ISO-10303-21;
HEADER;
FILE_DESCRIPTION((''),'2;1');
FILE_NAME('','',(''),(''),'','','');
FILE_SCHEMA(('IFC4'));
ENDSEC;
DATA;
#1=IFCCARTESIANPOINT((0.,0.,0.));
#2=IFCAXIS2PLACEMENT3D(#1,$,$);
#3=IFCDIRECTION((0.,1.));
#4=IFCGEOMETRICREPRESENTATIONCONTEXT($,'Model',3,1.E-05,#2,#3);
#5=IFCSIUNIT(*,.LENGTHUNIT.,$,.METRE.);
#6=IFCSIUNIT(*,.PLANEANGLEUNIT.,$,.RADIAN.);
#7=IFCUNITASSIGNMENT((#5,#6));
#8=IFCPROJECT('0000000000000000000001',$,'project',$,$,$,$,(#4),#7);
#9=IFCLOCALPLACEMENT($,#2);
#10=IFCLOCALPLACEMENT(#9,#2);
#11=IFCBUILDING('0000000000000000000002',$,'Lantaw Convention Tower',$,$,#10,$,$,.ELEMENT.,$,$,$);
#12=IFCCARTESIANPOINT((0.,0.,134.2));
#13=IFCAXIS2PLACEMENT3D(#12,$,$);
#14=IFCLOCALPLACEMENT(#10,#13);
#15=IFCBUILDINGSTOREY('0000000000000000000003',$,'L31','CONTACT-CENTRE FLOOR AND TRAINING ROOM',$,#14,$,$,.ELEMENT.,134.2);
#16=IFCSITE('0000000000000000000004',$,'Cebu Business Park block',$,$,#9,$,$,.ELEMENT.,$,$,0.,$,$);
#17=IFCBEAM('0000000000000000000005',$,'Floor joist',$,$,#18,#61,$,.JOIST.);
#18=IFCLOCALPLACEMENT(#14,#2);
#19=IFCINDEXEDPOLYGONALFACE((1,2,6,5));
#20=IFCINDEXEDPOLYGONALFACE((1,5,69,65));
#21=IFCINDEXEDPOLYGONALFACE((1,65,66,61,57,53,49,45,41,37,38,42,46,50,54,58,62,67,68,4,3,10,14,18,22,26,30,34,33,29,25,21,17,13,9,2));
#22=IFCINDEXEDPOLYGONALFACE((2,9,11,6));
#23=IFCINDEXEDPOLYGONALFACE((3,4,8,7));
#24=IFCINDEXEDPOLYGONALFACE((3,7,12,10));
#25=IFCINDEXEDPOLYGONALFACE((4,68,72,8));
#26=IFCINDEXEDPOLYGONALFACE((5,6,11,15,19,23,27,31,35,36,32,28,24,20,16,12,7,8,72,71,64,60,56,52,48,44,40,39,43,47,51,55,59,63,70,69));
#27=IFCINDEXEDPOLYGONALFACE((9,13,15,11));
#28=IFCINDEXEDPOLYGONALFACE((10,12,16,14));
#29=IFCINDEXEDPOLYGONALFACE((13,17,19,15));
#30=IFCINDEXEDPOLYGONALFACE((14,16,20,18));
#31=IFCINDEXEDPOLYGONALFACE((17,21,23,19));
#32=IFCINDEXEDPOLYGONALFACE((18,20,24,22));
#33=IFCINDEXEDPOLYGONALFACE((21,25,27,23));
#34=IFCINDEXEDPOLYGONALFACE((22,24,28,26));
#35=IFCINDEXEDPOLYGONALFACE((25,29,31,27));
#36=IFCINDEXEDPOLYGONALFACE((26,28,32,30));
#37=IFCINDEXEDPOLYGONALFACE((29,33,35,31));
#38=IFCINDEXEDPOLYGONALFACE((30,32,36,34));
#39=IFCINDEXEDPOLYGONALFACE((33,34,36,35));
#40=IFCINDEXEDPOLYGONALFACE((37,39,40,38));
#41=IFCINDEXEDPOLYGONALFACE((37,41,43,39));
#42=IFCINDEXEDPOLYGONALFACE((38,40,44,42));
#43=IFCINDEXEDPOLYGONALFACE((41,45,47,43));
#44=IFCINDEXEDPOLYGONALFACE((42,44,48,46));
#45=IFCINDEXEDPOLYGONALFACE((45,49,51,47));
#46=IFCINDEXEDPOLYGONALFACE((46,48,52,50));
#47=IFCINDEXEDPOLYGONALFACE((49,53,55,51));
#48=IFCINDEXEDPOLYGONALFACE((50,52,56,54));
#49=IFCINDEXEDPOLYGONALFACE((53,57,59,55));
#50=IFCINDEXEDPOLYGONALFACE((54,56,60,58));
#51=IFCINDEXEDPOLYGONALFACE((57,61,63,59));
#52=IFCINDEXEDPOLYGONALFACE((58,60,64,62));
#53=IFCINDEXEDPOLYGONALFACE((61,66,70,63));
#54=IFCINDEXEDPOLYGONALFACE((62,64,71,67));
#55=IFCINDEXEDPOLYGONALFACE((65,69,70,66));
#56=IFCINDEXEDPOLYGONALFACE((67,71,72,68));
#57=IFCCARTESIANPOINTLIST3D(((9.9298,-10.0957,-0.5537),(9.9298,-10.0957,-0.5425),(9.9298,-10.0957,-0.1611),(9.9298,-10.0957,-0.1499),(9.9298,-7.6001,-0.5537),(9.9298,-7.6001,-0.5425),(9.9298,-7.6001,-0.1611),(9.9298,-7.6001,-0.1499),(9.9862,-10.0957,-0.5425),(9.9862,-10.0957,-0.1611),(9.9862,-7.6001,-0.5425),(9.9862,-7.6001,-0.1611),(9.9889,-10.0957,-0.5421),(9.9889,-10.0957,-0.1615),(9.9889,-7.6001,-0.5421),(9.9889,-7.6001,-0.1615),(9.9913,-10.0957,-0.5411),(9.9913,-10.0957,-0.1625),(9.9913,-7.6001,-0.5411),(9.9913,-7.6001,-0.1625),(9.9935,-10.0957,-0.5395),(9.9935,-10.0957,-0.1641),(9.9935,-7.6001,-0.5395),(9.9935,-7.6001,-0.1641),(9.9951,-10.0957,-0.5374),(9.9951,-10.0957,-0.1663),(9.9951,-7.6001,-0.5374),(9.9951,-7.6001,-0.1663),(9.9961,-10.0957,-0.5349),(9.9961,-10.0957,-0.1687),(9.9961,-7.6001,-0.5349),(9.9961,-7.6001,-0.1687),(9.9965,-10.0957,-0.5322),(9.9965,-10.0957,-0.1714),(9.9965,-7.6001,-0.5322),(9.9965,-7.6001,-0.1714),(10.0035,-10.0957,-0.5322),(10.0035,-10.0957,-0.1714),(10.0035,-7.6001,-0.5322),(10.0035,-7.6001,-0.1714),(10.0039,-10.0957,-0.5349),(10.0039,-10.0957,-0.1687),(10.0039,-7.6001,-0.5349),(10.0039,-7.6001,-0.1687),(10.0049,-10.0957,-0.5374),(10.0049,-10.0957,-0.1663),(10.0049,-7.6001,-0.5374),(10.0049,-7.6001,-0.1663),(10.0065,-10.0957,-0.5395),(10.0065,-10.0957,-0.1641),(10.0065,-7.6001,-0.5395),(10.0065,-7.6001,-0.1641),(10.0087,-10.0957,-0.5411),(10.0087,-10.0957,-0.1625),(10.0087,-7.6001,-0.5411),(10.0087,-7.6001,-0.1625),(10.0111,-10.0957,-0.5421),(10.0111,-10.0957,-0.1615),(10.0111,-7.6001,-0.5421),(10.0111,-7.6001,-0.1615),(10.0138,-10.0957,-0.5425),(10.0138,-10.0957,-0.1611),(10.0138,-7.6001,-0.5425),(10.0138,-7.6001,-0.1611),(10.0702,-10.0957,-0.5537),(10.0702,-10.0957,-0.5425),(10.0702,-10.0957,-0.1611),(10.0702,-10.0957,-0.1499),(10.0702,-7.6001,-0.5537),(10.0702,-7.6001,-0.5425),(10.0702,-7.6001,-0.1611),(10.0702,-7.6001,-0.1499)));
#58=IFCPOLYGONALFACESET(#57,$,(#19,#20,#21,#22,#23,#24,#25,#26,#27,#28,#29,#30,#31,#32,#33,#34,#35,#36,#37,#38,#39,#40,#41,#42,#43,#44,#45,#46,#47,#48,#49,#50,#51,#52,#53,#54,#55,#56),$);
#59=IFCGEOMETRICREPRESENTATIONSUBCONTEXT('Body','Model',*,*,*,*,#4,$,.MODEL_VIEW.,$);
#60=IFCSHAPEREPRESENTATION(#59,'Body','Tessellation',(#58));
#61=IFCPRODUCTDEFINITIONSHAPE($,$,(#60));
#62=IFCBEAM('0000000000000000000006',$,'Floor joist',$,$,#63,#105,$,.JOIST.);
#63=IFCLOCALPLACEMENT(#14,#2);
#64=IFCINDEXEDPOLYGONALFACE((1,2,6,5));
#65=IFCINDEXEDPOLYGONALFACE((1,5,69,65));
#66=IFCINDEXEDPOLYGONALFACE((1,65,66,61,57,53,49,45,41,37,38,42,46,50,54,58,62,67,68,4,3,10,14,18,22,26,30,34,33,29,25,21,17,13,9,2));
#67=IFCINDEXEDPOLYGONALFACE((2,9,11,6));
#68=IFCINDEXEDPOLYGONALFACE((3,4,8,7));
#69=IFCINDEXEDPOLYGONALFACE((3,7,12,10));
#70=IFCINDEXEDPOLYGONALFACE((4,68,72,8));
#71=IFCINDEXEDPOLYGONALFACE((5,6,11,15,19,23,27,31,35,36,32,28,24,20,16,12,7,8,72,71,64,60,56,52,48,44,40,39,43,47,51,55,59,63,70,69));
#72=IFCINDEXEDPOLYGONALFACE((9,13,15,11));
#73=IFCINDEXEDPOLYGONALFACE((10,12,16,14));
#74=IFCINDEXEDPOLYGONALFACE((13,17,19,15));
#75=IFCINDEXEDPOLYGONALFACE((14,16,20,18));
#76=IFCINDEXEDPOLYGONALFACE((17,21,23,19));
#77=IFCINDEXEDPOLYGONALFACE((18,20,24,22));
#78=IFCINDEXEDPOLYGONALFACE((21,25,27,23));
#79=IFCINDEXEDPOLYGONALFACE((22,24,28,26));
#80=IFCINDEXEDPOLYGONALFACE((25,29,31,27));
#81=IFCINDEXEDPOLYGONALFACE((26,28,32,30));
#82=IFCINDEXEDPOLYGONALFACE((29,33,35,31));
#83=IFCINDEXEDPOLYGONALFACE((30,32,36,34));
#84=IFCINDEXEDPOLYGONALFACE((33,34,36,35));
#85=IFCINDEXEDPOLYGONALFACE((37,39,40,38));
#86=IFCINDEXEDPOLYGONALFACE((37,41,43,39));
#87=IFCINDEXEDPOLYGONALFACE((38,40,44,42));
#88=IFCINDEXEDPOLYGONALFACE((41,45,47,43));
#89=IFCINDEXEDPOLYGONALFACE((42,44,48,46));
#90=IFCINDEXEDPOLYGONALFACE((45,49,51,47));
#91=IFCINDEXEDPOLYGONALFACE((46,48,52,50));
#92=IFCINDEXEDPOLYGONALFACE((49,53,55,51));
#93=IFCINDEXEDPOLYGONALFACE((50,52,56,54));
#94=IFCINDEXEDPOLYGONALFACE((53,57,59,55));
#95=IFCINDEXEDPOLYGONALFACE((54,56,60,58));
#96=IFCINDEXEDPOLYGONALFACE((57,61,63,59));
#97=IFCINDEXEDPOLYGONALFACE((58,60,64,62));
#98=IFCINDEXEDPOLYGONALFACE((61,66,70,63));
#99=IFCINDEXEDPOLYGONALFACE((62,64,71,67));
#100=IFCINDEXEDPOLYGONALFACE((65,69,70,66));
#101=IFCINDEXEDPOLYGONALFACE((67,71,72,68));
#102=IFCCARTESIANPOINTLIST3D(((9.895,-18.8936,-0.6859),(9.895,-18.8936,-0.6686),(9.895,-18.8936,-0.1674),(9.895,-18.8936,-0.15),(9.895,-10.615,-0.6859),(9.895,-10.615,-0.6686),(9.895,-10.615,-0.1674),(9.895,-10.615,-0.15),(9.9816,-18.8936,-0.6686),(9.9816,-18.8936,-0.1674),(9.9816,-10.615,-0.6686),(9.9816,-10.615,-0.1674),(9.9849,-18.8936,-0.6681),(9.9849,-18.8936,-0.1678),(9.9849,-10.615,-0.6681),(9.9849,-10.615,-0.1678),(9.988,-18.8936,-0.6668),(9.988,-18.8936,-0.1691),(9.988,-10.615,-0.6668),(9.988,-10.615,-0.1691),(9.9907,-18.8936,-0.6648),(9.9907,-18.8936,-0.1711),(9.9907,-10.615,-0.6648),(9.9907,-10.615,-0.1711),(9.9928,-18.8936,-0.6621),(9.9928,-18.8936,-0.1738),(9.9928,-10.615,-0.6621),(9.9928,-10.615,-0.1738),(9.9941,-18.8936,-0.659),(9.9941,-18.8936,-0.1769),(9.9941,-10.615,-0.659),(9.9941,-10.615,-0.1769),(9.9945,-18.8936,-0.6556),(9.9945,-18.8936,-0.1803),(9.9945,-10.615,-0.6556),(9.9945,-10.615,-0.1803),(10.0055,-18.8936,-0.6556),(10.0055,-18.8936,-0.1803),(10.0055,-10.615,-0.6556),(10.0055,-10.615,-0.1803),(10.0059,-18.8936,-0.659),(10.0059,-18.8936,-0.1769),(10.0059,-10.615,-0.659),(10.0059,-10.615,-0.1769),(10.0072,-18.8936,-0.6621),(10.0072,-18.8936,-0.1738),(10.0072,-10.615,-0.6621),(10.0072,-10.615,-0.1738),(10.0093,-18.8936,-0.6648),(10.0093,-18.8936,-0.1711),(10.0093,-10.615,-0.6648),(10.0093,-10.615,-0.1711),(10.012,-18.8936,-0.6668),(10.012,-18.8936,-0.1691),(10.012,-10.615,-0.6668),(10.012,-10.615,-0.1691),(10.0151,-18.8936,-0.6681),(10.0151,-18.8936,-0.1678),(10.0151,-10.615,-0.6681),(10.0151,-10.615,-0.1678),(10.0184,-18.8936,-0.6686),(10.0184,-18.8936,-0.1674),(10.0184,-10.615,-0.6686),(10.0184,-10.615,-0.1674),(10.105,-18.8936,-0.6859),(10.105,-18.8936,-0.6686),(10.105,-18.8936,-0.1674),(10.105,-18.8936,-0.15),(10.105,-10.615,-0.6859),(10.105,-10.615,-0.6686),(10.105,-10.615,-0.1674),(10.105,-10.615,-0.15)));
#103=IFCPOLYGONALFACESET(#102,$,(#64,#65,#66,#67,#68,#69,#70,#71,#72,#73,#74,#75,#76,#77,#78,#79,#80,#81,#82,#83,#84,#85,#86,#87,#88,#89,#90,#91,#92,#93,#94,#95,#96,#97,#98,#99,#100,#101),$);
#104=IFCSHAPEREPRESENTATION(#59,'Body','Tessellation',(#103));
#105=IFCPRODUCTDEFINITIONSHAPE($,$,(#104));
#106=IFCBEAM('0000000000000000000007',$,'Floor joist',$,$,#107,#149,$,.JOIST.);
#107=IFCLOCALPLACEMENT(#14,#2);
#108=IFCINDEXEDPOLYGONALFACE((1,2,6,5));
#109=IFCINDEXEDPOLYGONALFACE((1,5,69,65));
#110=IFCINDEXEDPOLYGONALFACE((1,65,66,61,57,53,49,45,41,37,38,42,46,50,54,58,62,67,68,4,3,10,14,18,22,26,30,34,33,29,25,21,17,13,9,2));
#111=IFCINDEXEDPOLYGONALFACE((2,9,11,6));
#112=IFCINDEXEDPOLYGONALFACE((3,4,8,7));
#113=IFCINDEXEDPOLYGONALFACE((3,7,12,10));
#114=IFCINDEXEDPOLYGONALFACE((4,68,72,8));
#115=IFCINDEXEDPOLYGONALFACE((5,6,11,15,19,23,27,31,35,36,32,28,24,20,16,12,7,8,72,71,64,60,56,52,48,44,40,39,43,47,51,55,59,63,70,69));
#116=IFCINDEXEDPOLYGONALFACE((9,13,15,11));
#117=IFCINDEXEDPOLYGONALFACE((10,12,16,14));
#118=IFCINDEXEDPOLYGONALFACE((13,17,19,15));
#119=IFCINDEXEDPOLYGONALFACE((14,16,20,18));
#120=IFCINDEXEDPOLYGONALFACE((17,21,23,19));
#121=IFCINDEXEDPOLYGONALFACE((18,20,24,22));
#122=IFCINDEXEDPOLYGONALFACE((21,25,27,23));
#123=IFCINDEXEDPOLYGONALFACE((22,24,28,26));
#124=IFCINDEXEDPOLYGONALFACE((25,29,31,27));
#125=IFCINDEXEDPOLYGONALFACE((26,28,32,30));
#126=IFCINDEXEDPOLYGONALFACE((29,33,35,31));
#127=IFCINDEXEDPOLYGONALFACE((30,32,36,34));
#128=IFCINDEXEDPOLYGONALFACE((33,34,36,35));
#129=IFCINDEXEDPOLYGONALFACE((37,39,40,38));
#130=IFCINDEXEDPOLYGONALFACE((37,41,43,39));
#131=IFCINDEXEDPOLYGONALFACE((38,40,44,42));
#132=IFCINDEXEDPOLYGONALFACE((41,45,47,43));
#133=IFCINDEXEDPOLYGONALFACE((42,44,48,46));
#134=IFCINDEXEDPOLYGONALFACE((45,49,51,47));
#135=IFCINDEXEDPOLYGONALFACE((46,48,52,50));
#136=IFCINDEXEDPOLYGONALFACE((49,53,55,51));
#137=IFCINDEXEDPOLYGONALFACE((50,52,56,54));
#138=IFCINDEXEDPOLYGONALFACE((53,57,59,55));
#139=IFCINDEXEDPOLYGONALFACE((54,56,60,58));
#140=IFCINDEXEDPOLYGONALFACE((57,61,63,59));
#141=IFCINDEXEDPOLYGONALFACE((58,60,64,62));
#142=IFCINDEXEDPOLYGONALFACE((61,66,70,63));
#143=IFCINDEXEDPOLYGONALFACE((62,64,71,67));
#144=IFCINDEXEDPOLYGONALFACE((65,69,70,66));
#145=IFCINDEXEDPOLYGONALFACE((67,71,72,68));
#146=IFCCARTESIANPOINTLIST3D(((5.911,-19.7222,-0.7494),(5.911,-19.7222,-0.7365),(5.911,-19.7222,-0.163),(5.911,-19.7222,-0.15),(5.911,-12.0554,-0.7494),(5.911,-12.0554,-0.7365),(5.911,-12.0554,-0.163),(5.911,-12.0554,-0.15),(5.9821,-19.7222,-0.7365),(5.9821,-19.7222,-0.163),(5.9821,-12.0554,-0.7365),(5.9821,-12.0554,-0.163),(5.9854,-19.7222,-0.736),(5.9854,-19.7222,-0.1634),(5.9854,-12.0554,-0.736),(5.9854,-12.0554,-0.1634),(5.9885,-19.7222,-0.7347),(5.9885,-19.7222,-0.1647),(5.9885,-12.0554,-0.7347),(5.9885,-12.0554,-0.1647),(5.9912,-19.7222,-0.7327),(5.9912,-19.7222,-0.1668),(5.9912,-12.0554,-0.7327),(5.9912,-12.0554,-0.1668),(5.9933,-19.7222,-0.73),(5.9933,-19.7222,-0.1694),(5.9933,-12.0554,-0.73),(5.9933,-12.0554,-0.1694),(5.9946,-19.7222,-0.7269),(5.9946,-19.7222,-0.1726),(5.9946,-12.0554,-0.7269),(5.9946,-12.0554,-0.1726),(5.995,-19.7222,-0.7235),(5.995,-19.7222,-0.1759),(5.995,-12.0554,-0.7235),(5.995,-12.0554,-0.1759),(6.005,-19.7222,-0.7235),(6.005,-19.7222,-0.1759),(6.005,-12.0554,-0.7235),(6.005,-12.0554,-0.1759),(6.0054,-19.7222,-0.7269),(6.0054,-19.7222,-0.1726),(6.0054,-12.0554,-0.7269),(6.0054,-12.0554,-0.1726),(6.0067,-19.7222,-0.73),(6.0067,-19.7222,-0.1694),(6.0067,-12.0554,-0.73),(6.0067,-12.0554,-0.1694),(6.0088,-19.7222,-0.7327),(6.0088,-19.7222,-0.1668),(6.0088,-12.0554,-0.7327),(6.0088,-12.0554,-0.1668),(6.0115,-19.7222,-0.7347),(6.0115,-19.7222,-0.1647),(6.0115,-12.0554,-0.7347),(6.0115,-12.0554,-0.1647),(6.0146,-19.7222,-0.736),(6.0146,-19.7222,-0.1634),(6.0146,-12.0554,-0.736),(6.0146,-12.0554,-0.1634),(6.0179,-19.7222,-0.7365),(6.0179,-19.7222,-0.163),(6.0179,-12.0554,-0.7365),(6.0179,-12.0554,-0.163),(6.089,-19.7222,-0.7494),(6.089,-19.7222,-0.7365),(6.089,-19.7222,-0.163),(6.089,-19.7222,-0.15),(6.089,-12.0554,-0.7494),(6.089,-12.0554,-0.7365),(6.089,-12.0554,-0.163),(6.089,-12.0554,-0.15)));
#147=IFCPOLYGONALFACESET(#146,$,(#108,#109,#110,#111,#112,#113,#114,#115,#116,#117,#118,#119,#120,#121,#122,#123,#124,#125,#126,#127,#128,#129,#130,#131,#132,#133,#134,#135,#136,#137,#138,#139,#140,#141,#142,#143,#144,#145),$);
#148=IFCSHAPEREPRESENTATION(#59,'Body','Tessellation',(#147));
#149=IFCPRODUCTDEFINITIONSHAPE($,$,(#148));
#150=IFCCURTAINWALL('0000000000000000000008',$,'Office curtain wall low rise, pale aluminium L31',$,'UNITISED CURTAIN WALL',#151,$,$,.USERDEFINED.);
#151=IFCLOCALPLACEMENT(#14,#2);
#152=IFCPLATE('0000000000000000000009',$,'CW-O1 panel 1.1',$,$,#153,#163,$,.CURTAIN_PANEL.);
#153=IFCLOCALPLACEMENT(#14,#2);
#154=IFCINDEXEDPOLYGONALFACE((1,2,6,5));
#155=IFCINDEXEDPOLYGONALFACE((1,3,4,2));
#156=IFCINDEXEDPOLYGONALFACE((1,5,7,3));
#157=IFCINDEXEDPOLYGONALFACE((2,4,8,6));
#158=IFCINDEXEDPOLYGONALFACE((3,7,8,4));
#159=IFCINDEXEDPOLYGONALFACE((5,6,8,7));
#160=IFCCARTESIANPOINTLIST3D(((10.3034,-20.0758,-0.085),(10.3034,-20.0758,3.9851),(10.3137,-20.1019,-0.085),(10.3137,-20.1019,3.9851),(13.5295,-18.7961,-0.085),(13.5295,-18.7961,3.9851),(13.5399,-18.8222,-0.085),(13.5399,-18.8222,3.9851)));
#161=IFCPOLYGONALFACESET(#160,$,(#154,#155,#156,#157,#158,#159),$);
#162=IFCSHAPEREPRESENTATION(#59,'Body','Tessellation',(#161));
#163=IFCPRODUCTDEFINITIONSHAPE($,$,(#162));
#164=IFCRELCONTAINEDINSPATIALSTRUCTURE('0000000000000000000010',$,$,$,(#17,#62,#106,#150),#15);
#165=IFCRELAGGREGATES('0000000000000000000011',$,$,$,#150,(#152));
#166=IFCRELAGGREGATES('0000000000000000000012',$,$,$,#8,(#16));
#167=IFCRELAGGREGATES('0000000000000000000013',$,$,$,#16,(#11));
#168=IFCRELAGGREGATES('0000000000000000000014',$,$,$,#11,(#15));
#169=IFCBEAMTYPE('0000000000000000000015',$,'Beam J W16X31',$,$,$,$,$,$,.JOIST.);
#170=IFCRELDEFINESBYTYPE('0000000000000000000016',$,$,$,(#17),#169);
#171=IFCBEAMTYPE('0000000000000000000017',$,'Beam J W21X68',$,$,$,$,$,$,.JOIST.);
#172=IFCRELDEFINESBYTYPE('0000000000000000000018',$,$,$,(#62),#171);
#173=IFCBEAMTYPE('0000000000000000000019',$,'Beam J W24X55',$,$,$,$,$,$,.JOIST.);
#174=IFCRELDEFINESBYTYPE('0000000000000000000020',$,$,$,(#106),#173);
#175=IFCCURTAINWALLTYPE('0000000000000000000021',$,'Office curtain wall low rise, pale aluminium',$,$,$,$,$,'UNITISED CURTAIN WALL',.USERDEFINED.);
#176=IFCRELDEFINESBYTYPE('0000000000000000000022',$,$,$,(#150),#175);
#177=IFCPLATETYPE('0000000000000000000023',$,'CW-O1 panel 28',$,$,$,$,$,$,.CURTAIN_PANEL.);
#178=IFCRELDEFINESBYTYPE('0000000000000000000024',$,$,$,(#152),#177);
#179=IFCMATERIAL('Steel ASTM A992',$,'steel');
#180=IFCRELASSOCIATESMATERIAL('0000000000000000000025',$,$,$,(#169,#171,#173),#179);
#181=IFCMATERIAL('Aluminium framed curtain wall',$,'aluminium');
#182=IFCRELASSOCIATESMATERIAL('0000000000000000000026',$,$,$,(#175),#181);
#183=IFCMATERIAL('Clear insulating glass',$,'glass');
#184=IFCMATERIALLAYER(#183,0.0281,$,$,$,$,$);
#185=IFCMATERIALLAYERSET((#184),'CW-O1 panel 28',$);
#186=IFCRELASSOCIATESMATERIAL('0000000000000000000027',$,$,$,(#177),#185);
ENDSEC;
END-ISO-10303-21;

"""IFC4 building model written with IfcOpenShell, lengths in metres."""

from ifc_helpers import new_model, si_unit, direction, frame, origin, origin_2d, place, context, subcontext, project, spatial, rectangle, i_section, extrude, material, layer, layer_set, material_profile, profile_set, type_object, element, aggregate, save


model = new_model("IFC4")

# Units and contexts
model_context = context("Model", 3, precision=1e-05, world=origin(), true_north=direction((0.0, 1.0)))
body_context = subcontext(model_context, "Body", "Model", "MODEL_VIEW")
ifc_project = project(units=[si_unit("LENGTHUNIT", "METRE"), si_unit("PLANEANGLEUNIT", "RADIAN")], contexts=[model_context])

# Site, building, storey
site_placement = place(None, origin())
site = spatial("IfcSite", under=ifc_project, at=site_placement, Name="Cebu Business Park block", CompositionType="ELEMENT", RefElevation=0.0)
building_placement = place(site_placement, origin())
building = spatial("IfcBuilding", under=site, at=building_placement, Name="Lantaw Convention Tower", CompositionType="ELEMENT")
storey_placement = place(building_placement, frame((0.0, 0.0, 134.2)))
storey = spatial("IfcBuildingStorey", under=building, at=storey_placement, Name="L31", Description="CONTACT-CENTRE FLOOR AND TRAINING ROOM", CompositionType="ELEMENT", Elevation=134.2)

# Beams
ifc_material_1 = material(Name="Steel ASTM A992", Category="steel")
ifc_material_profile_1 = material_profile(ifc_material_1, i_section(OverallWidth=0.1404, OverallDepth=0.4038, WebThickness=0.0071, FlangeThickness=0.0112, FilletRadius=0.0103, at=origin_2d()), Name="W16X31")
ifc_profile_set_1 = profile_set([ifc_material_profile_1], Name="Steel ASTM A992")
beam_type_1 = type_object("IfcBeamType", Name="Beam J W16X31", PredefinedType="JOIST", material=ifc_profile_set_1)
beam_1_placement = place(storey_placement, frame((10.0, -10.0957, -0.3518), z_axis=(0.0, 1.0, 0.0), x_axis=(-1.0, 0.0, 0.0)))
element("IfcBeam", 1, at=beam_1_placement, inside=storey, type_object=beam_type_1, Name="Floor joist", PredefinedType="JOIST", context=body_context, shape_type="SweptSolid", body=[
    extrude(i_section(OverallWidth=0.1404, OverallDepth=0.4038, WebThickness=0.0071, FlangeThickness=0.0112, FilletRadius=0.0103, at=origin_2d()), origin(), (0.0, 0.0, 1.0), 2.4956),
])
ifc_material_profile_2 = material_profile(ifc_material_1, i_section(OverallWidth=0.21, OverallDepth=0.5359, WebThickness=0.011, FlangeThickness=0.0173, FilletRadius=0.0129, at=origin_2d()), Name="W21X68")
ifc_profile_set_2 = profile_set([ifc_material_profile_2], Name="Steel ASTM A992")
beam_type_2 = type_object("IfcBeamType", Name="Beam J W21X68", PredefinedType="JOIST", material=ifc_profile_set_2)
beam_2_placement = place(storey_placement, frame((10.0, -18.8936, -0.418), z_axis=(0.0, 1.0, 0.0), x_axis=(-1.0, 0.0, 0.0)))
element("IfcBeam", 2, at=beam_2_placement, inside=storey, type_object=beam_type_2, Name="Floor joist", PredefinedType="JOIST", context=body_context, shape_type="SweptSolid", body=[
    extrude(i_section(OverallWidth=0.21, OverallDepth=0.5359, WebThickness=0.011, FlangeThickness=0.0173, FilletRadius=0.0129, at=origin_2d()), origin(), (0.0, 0.0, 1.0), 8.2786),
])
ifc_material_profile_3 = material_profile(ifc_material_1, i_section(OverallWidth=0.178, OverallDepth=0.5994, WebThickness=0.01, FlangeThickness=0.0129, FilletRadius=0.0129, at=origin_2d()), Name="W24X55")
ifc_profile_set_3 = profile_set([ifc_material_profile_3], Name="Steel ASTM A992")
beam_type_3 = type_object("IfcBeamType", Name="Beam J W24X55", PredefinedType="JOIST", material=ifc_profile_set_3)
beam_3_placement = place(storey_placement, frame((6.0, -19.7222, -0.4497), z_axis=(0.0, 1.0, 0.0), x_axis=(-1.0, 0.0, 0.0)))
element("IfcBeam", 3, at=beam_3_placement, inside=storey, type_object=beam_type_3, Name="Floor joist", PredefinedType="JOIST", context=body_context, shape_type="SweptSolid", body=[
    extrude(i_section(OverallWidth=0.178, OverallDepth=0.5994, WebThickness=0.01, FlangeThickness=0.0129, FilletRadius=0.0129, at=origin_2d()), origin(), (0.0, 0.0, 1.0), 7.6667),
])

# Curtain wall, plate
ifc_material_2 = material(Name="Aluminium framed curtain wall", Category="aluminium")
curtain_wall_type = type_object("IfcCurtainWallType", Name="Office curtain wall low rise, pale aluminium", ElementType="UNITISED CURTAIN WALL", PredefinedType="USERDEFINED", material=ifc_material_2)
curtain_wall_placement = place(storey_placement, origin())
curtain_wall = element("IfcCurtainWall", 4, at=curtain_wall_placement, inside=storey, type_object=curtain_wall_type, Name="Office curtain wall low rise, pale aluminium L31", ObjectType="UNITISED CURTAIN WALL", PredefinedType="USERDEFINED")
ifc_material_3 = material(Name="Clear insulating glass", Category="glass")
ifc_layer_1 = layer(ifc_material_3, 0.0281)
ifc_layer_set_1 = layer_set([ifc_layer_1], Name="CW-O1 panel 28")
plate_type = type_object("IfcPlateType", Name="CW-O1 panel 28", PredefinedType="CURTAIN_PANEL", material=ifc_layer_set_1)
plate_placement = place(storey_placement, frame((11.9216, -19.449, -0.085), z_axis=(0.0, 0.0, 1.0), x_axis=(0.929548, 0.368702, 0.0)))
plate = element("IfcPlate", 5, at=plate_placement, type_object=plate_type, Name="CW-O1 panel 1.1", PredefinedType="CURTAIN_PANEL", context=body_context, shape_type="SweptSolid", body=[
    extrude(rectangle(XDim=3.4707, YDim=0.0281, at=origin_2d()), origin(), (0.0, 0.0, 1.0), 4.0701),
])
aggregate(curtain_wall, [plate])

save(model, "model.ifc")
